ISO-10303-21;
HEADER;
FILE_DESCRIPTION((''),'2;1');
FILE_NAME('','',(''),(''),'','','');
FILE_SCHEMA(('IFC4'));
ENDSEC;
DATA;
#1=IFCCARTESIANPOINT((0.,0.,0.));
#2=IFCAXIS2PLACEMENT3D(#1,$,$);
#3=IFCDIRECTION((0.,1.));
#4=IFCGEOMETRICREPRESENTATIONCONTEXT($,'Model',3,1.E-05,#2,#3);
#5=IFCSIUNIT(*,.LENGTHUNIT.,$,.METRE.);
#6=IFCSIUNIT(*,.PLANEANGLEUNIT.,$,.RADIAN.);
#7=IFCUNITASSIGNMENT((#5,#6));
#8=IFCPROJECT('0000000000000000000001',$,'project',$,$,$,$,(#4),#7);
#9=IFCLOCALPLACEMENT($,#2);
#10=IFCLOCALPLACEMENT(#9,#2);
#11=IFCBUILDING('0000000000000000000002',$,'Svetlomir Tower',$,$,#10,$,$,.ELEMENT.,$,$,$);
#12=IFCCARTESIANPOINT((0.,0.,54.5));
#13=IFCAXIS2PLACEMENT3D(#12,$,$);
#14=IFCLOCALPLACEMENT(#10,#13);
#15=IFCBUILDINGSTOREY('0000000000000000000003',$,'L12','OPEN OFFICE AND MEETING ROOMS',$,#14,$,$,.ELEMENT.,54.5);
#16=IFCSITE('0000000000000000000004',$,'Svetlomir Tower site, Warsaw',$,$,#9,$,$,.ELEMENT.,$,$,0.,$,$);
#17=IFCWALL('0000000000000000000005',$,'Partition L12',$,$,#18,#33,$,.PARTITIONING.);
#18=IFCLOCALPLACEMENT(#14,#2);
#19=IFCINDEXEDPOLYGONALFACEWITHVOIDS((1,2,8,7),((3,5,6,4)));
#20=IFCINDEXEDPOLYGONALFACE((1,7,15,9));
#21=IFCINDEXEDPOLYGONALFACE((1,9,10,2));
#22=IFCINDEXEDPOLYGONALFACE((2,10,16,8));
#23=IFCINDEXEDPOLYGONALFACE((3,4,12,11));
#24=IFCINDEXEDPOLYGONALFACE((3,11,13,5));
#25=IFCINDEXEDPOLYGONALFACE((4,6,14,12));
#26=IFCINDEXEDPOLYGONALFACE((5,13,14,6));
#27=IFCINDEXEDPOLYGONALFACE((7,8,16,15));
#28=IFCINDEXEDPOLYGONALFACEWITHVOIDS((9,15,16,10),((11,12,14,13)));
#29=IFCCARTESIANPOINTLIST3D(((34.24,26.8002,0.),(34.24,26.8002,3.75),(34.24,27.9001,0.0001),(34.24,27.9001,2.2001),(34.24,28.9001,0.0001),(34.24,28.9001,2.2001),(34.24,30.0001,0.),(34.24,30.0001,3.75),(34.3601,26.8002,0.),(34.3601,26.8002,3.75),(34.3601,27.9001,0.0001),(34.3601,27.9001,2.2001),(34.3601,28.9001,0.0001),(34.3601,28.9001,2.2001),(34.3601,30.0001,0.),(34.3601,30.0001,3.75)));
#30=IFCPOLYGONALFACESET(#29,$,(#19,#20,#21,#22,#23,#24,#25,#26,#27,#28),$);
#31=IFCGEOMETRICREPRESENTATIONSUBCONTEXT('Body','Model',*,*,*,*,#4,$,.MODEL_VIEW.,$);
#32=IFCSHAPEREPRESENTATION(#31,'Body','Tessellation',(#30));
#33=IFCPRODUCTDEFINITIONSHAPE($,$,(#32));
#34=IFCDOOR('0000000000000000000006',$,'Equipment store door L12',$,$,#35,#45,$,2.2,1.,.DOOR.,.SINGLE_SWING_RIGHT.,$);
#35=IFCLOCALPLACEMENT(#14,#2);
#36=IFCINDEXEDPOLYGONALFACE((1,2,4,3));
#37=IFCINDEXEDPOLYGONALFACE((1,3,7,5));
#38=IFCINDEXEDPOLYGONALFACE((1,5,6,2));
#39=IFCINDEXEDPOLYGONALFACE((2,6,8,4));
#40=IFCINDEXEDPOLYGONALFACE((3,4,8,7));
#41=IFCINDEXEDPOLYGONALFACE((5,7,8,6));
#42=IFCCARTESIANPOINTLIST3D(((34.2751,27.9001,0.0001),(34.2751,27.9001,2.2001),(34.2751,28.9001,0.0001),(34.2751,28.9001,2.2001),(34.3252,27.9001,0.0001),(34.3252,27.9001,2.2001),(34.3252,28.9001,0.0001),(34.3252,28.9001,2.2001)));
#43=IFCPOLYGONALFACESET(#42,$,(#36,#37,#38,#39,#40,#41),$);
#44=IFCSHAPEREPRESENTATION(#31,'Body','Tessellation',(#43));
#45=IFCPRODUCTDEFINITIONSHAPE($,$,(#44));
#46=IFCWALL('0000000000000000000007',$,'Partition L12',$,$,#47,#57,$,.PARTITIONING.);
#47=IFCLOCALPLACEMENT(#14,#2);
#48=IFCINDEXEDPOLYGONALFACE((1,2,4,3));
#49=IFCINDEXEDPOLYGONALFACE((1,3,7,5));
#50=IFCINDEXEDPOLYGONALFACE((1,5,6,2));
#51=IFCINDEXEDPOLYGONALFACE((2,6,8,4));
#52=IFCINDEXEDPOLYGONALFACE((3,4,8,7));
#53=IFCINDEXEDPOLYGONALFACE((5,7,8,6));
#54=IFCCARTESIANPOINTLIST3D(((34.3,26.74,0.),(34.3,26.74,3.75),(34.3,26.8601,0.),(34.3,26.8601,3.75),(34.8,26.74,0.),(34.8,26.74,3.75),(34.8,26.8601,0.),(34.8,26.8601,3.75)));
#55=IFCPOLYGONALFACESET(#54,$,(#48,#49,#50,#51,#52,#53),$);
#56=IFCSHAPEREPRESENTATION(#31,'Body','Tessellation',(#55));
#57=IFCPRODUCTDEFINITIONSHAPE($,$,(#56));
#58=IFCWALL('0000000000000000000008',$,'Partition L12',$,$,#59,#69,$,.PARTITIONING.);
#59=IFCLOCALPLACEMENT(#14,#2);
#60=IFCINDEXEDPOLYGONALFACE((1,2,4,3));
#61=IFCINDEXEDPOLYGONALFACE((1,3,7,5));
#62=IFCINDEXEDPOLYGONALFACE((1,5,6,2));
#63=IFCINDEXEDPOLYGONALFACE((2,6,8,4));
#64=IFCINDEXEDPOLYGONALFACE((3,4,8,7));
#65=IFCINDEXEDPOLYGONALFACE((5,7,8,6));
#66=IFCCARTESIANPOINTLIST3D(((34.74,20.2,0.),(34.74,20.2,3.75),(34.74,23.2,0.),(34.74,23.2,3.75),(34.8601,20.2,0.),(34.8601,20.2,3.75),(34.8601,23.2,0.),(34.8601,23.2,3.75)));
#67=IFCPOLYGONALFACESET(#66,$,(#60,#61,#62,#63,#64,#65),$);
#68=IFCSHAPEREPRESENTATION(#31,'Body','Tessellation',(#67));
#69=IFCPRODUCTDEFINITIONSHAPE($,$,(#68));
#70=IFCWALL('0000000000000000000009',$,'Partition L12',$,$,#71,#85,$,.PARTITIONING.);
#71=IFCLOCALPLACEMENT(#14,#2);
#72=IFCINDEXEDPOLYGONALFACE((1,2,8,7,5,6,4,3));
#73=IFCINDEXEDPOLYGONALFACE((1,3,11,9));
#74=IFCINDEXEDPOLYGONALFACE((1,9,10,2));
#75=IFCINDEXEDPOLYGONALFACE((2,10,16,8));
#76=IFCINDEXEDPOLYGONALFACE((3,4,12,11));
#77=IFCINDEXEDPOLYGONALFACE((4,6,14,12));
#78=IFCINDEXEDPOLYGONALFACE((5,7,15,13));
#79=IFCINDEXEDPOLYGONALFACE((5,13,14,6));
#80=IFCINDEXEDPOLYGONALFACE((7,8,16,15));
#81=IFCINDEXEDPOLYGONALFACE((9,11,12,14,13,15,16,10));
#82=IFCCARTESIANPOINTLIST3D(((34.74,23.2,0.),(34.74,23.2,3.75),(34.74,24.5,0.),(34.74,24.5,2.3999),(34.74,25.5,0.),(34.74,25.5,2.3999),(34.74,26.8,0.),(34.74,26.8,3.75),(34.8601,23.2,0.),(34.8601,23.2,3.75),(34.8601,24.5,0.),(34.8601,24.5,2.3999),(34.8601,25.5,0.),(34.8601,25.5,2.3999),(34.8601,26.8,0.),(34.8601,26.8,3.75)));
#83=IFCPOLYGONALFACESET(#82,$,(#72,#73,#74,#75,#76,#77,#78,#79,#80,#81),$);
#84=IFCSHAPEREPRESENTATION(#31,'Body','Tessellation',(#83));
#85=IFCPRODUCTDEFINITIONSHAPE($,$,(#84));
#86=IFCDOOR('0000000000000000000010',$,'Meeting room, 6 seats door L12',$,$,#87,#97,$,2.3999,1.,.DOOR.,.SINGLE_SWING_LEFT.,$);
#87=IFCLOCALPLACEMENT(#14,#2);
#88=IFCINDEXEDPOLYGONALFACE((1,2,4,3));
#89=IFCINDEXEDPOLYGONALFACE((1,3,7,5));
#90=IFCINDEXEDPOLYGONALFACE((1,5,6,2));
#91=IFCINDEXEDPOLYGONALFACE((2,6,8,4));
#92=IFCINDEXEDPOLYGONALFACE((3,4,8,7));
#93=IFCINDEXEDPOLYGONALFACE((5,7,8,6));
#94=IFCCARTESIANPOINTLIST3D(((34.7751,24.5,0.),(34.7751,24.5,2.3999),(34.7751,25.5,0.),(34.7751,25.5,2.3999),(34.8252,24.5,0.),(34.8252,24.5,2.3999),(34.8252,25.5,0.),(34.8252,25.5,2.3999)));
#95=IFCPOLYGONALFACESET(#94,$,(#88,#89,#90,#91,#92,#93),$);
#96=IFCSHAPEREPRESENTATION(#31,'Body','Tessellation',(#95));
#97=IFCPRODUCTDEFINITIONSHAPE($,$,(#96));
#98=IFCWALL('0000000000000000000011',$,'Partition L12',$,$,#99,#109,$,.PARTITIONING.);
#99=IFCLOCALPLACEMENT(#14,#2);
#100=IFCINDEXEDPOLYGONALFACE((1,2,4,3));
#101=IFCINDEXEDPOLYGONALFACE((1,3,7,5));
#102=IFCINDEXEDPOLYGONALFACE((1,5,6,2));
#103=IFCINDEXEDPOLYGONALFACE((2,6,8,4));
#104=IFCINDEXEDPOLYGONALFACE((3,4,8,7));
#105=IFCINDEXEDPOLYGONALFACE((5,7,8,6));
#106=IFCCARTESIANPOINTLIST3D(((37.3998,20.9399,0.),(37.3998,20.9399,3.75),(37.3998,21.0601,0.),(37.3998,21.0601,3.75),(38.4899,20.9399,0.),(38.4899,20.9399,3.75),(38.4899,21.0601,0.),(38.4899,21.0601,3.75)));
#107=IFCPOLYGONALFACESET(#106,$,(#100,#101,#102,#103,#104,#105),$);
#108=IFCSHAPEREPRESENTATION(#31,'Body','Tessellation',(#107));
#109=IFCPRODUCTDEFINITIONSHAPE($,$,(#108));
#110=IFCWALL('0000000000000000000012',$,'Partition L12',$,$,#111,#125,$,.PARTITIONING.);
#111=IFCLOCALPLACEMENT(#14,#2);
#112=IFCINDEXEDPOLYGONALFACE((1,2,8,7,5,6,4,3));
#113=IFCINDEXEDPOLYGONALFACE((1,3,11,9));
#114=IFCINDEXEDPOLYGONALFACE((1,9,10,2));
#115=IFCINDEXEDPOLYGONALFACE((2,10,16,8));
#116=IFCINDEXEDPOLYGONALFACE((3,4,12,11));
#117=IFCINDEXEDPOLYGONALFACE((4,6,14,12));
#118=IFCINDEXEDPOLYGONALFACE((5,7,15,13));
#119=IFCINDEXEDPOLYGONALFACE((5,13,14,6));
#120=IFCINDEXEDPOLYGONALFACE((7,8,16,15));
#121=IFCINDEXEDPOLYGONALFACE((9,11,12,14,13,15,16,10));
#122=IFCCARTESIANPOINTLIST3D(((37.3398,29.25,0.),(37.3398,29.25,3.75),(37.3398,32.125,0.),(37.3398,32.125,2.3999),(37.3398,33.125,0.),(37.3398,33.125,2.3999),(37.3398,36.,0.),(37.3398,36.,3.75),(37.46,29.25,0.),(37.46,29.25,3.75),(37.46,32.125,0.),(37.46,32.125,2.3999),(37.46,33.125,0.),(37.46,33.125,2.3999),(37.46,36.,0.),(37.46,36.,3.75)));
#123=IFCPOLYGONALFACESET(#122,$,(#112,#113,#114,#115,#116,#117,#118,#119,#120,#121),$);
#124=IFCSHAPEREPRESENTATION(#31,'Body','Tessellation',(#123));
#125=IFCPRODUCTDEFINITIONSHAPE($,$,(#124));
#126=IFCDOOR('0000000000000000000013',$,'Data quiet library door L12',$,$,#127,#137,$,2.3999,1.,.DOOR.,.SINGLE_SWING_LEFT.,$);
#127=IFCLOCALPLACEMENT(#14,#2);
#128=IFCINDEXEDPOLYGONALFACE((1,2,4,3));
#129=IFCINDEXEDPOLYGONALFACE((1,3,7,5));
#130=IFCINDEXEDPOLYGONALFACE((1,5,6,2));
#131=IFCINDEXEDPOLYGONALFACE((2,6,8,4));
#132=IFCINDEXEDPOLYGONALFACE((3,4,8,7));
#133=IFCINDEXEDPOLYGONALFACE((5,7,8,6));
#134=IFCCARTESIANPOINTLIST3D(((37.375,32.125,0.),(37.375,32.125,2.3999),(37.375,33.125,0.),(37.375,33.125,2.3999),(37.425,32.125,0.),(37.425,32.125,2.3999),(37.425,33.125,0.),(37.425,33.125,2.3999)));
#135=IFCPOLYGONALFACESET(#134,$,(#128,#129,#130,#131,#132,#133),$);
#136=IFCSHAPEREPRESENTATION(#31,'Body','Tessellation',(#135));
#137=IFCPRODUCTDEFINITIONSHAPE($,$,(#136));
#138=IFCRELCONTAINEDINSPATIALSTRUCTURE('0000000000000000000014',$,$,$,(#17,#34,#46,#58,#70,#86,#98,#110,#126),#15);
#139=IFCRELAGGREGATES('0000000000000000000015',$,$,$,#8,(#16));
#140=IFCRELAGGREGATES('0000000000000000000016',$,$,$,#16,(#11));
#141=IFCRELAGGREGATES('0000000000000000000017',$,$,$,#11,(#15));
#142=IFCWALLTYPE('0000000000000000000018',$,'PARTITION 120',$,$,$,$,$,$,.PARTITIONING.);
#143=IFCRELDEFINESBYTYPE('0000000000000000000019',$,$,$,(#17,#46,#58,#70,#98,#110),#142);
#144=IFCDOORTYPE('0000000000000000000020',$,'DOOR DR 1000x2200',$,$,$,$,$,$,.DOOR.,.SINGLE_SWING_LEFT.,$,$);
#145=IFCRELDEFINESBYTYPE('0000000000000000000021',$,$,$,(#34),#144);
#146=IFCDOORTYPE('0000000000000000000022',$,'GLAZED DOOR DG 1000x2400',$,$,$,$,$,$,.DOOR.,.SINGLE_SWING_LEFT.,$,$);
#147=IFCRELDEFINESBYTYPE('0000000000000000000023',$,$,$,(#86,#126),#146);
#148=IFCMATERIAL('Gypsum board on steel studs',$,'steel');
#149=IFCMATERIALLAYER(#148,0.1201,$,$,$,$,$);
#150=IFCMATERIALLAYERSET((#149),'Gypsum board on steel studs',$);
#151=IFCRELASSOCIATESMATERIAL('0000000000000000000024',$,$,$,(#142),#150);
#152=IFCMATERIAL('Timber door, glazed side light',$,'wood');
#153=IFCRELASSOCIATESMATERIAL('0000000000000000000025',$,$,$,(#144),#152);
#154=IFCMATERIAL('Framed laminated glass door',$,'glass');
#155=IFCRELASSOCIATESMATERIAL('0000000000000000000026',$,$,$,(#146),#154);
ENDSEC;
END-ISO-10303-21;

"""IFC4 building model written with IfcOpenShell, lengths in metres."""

from ifc_helpers import new_model, si_unit, direction, frame, frame_2d, origin, place, context, subcontext, project, spatial, rectangle, extrude, material, layer, layer_set, type_object, element, fill, save


model = new_model("IFC4")

# Units and contexts
model_context = context("Model", 3, precision=1e-05, world=origin(), true_north=direction((0.0, 1.0)))
body_context = subcontext(model_context, "Body", "Model", "MODEL_VIEW")
ifc_project = project(units=[si_unit("LENGTHUNIT", "METRE"), si_unit("PLANEANGLEUNIT", "RADIAN")], contexts=[model_context])

# Site, building, storey
site_placement = place(None, origin())
site = spatial("IfcSite", under=ifc_project, at=site_placement, Name="Svetlomir Tower site, Warsaw", CompositionType="ELEMENT", RefElevation=0.0)
building_placement = place(site_placement, origin())
building = spatial("IfcBuilding", under=site, at=building_placement, Name="Svetlomir Tower", CompositionType="ELEMENT")
storey_placement = place(building_placement, frame((0.0, 0.0, 54.5)))
storey = spatial("IfcBuildingStorey", under=building, at=storey_placement, Name="L12", Description="OPEN OFFICE AND MEETING ROOMS", CompositionType="ELEMENT", Elevation=54.5)

# Wall, opening, door
ifc_material_1 = material(Name="Gypsum board on steel studs", Category="steel")
ifc_layer_1 = layer(ifc_material_1, 0.1201)
ifc_layer_set_1 = layer_set([ifc_layer_1], Name="Gypsum board on steel studs")
wall_type_1 = type_object("IfcWallType", Name="PARTITION 120", PredefinedType="PARTITIONING", material=ifc_layer_set_1)
wall_1_placement = place(storey_placement, frame((34.3, 26.8, 0.0), z_axis=(0.0, 0.0, 1.0), x_axis=(0.0, 1.0, 0.0)))
wall_1 = element("IfcWall", 1, at=wall_1_placement, inside=storey, type_object=wall_type_1, Name="Partition L12", PredefinedType="PARTITIONING", context=body_context, shape_type="SweptSolid", body=[
    extrude(rectangle(XDim=3.2, YDim=0.1201, at=frame_2d((1.6001, 0.0))), origin(), (0.0, 0.0, 1.0), 3.75),
])
opening_1_placement = place(wall_1_placement, frame((1.1001, 0.0, 0.0)))
opening_1 = element("IfcOpeningElement", 2, at=opening_1_placement, cuts=wall_1, PredefinedType="OPENING", context=body_context, shape_type="SweptSolid", body=[
    extrude(rectangle(XDim=1.0, YDim=2.2, at=frame_2d((0.5, 1.1001))), frame((0.0, 0.0701, 0.0), z_axis=(0.0, -1.0, 0.0), x_axis=(1.0, 0.0, 0.0)), (0.0, 0.0, 1.0), 0.1401),
])
ifc_material_2 = material(Name="Timber door, glazed side light", Category="wood")
door_type_1 = type_object("IfcDoorType", Name="DOOR DR 1000x2200", OperationType="SINGLE_SWING_LEFT", PredefinedType="DOOR", material=ifc_material_2)
door_1_placement = place(opening_1_placement, origin())
door_1 = element("IfcDoor", 3, at=door_1_placement, inside=storey, type_object=door_type_1, Name="Equipment store door L12", OperationType="SINGLE_SWING_RIGHT", OverallHeight=2.2, OverallWidth=1.0, PredefinedType="DOOR", context=body_context, shape_type="SweptSolid", body=[
    extrude(rectangle(XDim=1.0, YDim=2.2, at=frame_2d((0.5, 1.1001))), frame((0.0, 0.0249, 0.0), z_axis=(0.0, -1.0, 0.0), x_axis=(1.0, 0.0, 0.0)), (0.0, 0.0, 1.0), 0.05),
])
fill(opening_1, door_1)

# Walls
wall_2_placement = place(storey_placement, frame((34.3, 26.8, 0.0), z_axis=(0.0, 0.0, 1.0), x_axis=(1.0, 0.0, 0.0)))
element("IfcWall", 4, at=wall_2_placement, inside=storey, type_object=wall_type_1, Name="Partition L12", PredefinedType="PARTITIONING", context=body_context, shape_type="SweptSolid", body=[
    extrude(rectangle(XDim=0.5, YDim=0.1201, at=frame_2d((0.25, 0.0))), origin(), (0.0, 0.0, 1.0), 3.75),
])
wall_3_placement = place(storey_placement, frame((34.8, 20.2, 0.0), z_axis=(0.0, 0.0, 1.0), x_axis=(0.0, 1.0, 0.0)))
element("IfcWall", 5, at=wall_3_placement, inside=storey, type_object=wall_type_1, Name="Partition L12", PredefinedType="PARTITIONING", context=body_context, shape_type="SweptSolid", body=[
    extrude(rectangle(XDim=3.0, YDim=0.1201, at=frame_2d((1.5, 0.0))), origin(), (0.0, 0.0, 1.0), 3.75),
])

# Wall, opening, door
wall_4_placement = place(storey_placement, frame((34.8, 23.2, 0.0), z_axis=(0.0, 0.0, 1.0), x_axis=(0.0, 1.0, 0.0)))
wall_4 = element("IfcWall", 6, at=wall_4_placement, inside=storey, type_object=wall_type_1, Name="Partition L12", PredefinedType="PARTITIONING", context=body_context, shape_type="SweptSolid", body=[
    extrude(rectangle(XDim=3.6001, YDim=0.1201, at=frame_2d((1.8, 0.0))), origin(), (0.0, 0.0, 1.0), 3.75),
])
opening_2_placement = place(wall_4_placement, frame((1.3, 0.0, 0.0)))
opening_2 = element("IfcOpeningElement", 7, at=opening_2_placement, cuts=wall_4, PredefinedType="OPENING", context=body_context, shape_type="SweptSolid", body=[
    extrude(rectangle(XDim=1.0, YDim=2.3999, at=frame_2d((0.5, 1.2))), frame((0.0, 0.0701, 0.0), z_axis=(0.0, -1.0, 0.0), x_axis=(1.0, 0.0, 0.0)), (0.0, 0.0, 1.0), 0.1401),
])
ifc_material_3 = material(Name="Framed laminated glass door", Category="glass")
door_type_2 = type_object("IfcDoorType", Name="GLAZED DOOR DG 1000x2400", OperationType="SINGLE_SWING_LEFT", PredefinedType="DOOR", material=ifc_material_3)
door_2_placement = place(opening_2_placement, origin())
door_2 = element("IfcDoor", 8, at=door_2_placement, inside=storey, type_object=door_type_2, Name="Meeting room, 6 seats door L12", OperationType="SINGLE_SWING_LEFT", OverallHeight=2.3999, OverallWidth=1.0, PredefinedType="DOOR", context=body_context, shape_type="SweptSolid", body=[
    extrude(rectangle(XDim=1.0, YDim=2.3999, at=frame_2d((0.5, 1.2))), frame((0.0, 0.0249, 0.0), z_axis=(0.0, -1.0, 0.0), x_axis=(1.0, 0.0, 0.0)), (0.0, 0.0, 1.0), 0.05),
])
fill(opening_2, door_2)

# Wall
wall_5_placement = place(storey_placement, frame((37.3999, 21.0, 0.0), z_axis=(0.0, 0.0, 1.0), x_axis=(1.0, 0.0, 0.0)))
element("IfcWall", 9, at=wall_5_placement, inside=storey, type_object=wall_type_1, Name="Partition L12", PredefinedType="PARTITIONING", context=body_context, shape_type="SweptSolid", body=[
    extrude(rectangle(XDim=1.0901, YDim=0.1201, at=frame_2d((0.5449, 0.0))), origin(), (0.0, 0.0, 1.0), 3.75),
])

# Wall, opening, door
wall_6_placement = place(storey_placement, frame((37.3999, 29.25, 0.0), z_axis=(0.0, 0.0, 1.0), x_axis=(0.0, 1.0, 0.0)))
wall_6 = element("IfcWall", 10, at=wall_6_placement, inside=storey, type_object=wall_type_1, Name="Partition L12", PredefinedType="PARTITIONING", context=body_context, shape_type="SweptSolid", body=[
    extrude(rectangle(XDim=6.75, YDim=0.1201, at=frame_2d((3.375, 0.0))), origin(), (0.0, 0.0, 1.0), 3.75),
])
opening_3_placement = place(wall_6_placement, frame((2.875, 0.0, 0.0)))
opening_3 = element("IfcOpeningElement", 11, at=opening_3_placement, cuts=wall_6, PredefinedType="OPENING", context=body_context, shape_type="SweptSolid", body=[
    extrude(rectangle(XDim=1.0, YDim=2.3999, at=frame_2d((0.5, 1.2))), frame((0.0, 0.0701, 0.0), z_axis=(0.0, -1.0, 0.0), x_axis=(1.0, 0.0, 0.0)), (0.0, 0.0, 1.0), 0.1401),
])
door_3_placement = place(opening_3_placement, origin())
door_3 = element("IfcDoor", 12, at=door_3_placement, inside=storey, type_object=door_type_2, Name="Data quiet library door L12", OperationType="SINGLE_SWING_LEFT", OverallHeight=2.3999, OverallWidth=1.0, PredefinedType="DOOR", context=body_context, shape_type="SweptSolid", body=[
    extrude(rectangle(XDim=1.0, YDim=2.3999, at=frame_2d((0.5, 1.2))), frame((0.0, 0.0249, 0.0), z_axis=(0.0, -1.0, 0.0), x_axis=(1.0, 0.0, 0.0)), (0.0, 0.0, 1.0), 0.05),
])
fill(opening_3, door_3)

save(model, "model.ifc")
